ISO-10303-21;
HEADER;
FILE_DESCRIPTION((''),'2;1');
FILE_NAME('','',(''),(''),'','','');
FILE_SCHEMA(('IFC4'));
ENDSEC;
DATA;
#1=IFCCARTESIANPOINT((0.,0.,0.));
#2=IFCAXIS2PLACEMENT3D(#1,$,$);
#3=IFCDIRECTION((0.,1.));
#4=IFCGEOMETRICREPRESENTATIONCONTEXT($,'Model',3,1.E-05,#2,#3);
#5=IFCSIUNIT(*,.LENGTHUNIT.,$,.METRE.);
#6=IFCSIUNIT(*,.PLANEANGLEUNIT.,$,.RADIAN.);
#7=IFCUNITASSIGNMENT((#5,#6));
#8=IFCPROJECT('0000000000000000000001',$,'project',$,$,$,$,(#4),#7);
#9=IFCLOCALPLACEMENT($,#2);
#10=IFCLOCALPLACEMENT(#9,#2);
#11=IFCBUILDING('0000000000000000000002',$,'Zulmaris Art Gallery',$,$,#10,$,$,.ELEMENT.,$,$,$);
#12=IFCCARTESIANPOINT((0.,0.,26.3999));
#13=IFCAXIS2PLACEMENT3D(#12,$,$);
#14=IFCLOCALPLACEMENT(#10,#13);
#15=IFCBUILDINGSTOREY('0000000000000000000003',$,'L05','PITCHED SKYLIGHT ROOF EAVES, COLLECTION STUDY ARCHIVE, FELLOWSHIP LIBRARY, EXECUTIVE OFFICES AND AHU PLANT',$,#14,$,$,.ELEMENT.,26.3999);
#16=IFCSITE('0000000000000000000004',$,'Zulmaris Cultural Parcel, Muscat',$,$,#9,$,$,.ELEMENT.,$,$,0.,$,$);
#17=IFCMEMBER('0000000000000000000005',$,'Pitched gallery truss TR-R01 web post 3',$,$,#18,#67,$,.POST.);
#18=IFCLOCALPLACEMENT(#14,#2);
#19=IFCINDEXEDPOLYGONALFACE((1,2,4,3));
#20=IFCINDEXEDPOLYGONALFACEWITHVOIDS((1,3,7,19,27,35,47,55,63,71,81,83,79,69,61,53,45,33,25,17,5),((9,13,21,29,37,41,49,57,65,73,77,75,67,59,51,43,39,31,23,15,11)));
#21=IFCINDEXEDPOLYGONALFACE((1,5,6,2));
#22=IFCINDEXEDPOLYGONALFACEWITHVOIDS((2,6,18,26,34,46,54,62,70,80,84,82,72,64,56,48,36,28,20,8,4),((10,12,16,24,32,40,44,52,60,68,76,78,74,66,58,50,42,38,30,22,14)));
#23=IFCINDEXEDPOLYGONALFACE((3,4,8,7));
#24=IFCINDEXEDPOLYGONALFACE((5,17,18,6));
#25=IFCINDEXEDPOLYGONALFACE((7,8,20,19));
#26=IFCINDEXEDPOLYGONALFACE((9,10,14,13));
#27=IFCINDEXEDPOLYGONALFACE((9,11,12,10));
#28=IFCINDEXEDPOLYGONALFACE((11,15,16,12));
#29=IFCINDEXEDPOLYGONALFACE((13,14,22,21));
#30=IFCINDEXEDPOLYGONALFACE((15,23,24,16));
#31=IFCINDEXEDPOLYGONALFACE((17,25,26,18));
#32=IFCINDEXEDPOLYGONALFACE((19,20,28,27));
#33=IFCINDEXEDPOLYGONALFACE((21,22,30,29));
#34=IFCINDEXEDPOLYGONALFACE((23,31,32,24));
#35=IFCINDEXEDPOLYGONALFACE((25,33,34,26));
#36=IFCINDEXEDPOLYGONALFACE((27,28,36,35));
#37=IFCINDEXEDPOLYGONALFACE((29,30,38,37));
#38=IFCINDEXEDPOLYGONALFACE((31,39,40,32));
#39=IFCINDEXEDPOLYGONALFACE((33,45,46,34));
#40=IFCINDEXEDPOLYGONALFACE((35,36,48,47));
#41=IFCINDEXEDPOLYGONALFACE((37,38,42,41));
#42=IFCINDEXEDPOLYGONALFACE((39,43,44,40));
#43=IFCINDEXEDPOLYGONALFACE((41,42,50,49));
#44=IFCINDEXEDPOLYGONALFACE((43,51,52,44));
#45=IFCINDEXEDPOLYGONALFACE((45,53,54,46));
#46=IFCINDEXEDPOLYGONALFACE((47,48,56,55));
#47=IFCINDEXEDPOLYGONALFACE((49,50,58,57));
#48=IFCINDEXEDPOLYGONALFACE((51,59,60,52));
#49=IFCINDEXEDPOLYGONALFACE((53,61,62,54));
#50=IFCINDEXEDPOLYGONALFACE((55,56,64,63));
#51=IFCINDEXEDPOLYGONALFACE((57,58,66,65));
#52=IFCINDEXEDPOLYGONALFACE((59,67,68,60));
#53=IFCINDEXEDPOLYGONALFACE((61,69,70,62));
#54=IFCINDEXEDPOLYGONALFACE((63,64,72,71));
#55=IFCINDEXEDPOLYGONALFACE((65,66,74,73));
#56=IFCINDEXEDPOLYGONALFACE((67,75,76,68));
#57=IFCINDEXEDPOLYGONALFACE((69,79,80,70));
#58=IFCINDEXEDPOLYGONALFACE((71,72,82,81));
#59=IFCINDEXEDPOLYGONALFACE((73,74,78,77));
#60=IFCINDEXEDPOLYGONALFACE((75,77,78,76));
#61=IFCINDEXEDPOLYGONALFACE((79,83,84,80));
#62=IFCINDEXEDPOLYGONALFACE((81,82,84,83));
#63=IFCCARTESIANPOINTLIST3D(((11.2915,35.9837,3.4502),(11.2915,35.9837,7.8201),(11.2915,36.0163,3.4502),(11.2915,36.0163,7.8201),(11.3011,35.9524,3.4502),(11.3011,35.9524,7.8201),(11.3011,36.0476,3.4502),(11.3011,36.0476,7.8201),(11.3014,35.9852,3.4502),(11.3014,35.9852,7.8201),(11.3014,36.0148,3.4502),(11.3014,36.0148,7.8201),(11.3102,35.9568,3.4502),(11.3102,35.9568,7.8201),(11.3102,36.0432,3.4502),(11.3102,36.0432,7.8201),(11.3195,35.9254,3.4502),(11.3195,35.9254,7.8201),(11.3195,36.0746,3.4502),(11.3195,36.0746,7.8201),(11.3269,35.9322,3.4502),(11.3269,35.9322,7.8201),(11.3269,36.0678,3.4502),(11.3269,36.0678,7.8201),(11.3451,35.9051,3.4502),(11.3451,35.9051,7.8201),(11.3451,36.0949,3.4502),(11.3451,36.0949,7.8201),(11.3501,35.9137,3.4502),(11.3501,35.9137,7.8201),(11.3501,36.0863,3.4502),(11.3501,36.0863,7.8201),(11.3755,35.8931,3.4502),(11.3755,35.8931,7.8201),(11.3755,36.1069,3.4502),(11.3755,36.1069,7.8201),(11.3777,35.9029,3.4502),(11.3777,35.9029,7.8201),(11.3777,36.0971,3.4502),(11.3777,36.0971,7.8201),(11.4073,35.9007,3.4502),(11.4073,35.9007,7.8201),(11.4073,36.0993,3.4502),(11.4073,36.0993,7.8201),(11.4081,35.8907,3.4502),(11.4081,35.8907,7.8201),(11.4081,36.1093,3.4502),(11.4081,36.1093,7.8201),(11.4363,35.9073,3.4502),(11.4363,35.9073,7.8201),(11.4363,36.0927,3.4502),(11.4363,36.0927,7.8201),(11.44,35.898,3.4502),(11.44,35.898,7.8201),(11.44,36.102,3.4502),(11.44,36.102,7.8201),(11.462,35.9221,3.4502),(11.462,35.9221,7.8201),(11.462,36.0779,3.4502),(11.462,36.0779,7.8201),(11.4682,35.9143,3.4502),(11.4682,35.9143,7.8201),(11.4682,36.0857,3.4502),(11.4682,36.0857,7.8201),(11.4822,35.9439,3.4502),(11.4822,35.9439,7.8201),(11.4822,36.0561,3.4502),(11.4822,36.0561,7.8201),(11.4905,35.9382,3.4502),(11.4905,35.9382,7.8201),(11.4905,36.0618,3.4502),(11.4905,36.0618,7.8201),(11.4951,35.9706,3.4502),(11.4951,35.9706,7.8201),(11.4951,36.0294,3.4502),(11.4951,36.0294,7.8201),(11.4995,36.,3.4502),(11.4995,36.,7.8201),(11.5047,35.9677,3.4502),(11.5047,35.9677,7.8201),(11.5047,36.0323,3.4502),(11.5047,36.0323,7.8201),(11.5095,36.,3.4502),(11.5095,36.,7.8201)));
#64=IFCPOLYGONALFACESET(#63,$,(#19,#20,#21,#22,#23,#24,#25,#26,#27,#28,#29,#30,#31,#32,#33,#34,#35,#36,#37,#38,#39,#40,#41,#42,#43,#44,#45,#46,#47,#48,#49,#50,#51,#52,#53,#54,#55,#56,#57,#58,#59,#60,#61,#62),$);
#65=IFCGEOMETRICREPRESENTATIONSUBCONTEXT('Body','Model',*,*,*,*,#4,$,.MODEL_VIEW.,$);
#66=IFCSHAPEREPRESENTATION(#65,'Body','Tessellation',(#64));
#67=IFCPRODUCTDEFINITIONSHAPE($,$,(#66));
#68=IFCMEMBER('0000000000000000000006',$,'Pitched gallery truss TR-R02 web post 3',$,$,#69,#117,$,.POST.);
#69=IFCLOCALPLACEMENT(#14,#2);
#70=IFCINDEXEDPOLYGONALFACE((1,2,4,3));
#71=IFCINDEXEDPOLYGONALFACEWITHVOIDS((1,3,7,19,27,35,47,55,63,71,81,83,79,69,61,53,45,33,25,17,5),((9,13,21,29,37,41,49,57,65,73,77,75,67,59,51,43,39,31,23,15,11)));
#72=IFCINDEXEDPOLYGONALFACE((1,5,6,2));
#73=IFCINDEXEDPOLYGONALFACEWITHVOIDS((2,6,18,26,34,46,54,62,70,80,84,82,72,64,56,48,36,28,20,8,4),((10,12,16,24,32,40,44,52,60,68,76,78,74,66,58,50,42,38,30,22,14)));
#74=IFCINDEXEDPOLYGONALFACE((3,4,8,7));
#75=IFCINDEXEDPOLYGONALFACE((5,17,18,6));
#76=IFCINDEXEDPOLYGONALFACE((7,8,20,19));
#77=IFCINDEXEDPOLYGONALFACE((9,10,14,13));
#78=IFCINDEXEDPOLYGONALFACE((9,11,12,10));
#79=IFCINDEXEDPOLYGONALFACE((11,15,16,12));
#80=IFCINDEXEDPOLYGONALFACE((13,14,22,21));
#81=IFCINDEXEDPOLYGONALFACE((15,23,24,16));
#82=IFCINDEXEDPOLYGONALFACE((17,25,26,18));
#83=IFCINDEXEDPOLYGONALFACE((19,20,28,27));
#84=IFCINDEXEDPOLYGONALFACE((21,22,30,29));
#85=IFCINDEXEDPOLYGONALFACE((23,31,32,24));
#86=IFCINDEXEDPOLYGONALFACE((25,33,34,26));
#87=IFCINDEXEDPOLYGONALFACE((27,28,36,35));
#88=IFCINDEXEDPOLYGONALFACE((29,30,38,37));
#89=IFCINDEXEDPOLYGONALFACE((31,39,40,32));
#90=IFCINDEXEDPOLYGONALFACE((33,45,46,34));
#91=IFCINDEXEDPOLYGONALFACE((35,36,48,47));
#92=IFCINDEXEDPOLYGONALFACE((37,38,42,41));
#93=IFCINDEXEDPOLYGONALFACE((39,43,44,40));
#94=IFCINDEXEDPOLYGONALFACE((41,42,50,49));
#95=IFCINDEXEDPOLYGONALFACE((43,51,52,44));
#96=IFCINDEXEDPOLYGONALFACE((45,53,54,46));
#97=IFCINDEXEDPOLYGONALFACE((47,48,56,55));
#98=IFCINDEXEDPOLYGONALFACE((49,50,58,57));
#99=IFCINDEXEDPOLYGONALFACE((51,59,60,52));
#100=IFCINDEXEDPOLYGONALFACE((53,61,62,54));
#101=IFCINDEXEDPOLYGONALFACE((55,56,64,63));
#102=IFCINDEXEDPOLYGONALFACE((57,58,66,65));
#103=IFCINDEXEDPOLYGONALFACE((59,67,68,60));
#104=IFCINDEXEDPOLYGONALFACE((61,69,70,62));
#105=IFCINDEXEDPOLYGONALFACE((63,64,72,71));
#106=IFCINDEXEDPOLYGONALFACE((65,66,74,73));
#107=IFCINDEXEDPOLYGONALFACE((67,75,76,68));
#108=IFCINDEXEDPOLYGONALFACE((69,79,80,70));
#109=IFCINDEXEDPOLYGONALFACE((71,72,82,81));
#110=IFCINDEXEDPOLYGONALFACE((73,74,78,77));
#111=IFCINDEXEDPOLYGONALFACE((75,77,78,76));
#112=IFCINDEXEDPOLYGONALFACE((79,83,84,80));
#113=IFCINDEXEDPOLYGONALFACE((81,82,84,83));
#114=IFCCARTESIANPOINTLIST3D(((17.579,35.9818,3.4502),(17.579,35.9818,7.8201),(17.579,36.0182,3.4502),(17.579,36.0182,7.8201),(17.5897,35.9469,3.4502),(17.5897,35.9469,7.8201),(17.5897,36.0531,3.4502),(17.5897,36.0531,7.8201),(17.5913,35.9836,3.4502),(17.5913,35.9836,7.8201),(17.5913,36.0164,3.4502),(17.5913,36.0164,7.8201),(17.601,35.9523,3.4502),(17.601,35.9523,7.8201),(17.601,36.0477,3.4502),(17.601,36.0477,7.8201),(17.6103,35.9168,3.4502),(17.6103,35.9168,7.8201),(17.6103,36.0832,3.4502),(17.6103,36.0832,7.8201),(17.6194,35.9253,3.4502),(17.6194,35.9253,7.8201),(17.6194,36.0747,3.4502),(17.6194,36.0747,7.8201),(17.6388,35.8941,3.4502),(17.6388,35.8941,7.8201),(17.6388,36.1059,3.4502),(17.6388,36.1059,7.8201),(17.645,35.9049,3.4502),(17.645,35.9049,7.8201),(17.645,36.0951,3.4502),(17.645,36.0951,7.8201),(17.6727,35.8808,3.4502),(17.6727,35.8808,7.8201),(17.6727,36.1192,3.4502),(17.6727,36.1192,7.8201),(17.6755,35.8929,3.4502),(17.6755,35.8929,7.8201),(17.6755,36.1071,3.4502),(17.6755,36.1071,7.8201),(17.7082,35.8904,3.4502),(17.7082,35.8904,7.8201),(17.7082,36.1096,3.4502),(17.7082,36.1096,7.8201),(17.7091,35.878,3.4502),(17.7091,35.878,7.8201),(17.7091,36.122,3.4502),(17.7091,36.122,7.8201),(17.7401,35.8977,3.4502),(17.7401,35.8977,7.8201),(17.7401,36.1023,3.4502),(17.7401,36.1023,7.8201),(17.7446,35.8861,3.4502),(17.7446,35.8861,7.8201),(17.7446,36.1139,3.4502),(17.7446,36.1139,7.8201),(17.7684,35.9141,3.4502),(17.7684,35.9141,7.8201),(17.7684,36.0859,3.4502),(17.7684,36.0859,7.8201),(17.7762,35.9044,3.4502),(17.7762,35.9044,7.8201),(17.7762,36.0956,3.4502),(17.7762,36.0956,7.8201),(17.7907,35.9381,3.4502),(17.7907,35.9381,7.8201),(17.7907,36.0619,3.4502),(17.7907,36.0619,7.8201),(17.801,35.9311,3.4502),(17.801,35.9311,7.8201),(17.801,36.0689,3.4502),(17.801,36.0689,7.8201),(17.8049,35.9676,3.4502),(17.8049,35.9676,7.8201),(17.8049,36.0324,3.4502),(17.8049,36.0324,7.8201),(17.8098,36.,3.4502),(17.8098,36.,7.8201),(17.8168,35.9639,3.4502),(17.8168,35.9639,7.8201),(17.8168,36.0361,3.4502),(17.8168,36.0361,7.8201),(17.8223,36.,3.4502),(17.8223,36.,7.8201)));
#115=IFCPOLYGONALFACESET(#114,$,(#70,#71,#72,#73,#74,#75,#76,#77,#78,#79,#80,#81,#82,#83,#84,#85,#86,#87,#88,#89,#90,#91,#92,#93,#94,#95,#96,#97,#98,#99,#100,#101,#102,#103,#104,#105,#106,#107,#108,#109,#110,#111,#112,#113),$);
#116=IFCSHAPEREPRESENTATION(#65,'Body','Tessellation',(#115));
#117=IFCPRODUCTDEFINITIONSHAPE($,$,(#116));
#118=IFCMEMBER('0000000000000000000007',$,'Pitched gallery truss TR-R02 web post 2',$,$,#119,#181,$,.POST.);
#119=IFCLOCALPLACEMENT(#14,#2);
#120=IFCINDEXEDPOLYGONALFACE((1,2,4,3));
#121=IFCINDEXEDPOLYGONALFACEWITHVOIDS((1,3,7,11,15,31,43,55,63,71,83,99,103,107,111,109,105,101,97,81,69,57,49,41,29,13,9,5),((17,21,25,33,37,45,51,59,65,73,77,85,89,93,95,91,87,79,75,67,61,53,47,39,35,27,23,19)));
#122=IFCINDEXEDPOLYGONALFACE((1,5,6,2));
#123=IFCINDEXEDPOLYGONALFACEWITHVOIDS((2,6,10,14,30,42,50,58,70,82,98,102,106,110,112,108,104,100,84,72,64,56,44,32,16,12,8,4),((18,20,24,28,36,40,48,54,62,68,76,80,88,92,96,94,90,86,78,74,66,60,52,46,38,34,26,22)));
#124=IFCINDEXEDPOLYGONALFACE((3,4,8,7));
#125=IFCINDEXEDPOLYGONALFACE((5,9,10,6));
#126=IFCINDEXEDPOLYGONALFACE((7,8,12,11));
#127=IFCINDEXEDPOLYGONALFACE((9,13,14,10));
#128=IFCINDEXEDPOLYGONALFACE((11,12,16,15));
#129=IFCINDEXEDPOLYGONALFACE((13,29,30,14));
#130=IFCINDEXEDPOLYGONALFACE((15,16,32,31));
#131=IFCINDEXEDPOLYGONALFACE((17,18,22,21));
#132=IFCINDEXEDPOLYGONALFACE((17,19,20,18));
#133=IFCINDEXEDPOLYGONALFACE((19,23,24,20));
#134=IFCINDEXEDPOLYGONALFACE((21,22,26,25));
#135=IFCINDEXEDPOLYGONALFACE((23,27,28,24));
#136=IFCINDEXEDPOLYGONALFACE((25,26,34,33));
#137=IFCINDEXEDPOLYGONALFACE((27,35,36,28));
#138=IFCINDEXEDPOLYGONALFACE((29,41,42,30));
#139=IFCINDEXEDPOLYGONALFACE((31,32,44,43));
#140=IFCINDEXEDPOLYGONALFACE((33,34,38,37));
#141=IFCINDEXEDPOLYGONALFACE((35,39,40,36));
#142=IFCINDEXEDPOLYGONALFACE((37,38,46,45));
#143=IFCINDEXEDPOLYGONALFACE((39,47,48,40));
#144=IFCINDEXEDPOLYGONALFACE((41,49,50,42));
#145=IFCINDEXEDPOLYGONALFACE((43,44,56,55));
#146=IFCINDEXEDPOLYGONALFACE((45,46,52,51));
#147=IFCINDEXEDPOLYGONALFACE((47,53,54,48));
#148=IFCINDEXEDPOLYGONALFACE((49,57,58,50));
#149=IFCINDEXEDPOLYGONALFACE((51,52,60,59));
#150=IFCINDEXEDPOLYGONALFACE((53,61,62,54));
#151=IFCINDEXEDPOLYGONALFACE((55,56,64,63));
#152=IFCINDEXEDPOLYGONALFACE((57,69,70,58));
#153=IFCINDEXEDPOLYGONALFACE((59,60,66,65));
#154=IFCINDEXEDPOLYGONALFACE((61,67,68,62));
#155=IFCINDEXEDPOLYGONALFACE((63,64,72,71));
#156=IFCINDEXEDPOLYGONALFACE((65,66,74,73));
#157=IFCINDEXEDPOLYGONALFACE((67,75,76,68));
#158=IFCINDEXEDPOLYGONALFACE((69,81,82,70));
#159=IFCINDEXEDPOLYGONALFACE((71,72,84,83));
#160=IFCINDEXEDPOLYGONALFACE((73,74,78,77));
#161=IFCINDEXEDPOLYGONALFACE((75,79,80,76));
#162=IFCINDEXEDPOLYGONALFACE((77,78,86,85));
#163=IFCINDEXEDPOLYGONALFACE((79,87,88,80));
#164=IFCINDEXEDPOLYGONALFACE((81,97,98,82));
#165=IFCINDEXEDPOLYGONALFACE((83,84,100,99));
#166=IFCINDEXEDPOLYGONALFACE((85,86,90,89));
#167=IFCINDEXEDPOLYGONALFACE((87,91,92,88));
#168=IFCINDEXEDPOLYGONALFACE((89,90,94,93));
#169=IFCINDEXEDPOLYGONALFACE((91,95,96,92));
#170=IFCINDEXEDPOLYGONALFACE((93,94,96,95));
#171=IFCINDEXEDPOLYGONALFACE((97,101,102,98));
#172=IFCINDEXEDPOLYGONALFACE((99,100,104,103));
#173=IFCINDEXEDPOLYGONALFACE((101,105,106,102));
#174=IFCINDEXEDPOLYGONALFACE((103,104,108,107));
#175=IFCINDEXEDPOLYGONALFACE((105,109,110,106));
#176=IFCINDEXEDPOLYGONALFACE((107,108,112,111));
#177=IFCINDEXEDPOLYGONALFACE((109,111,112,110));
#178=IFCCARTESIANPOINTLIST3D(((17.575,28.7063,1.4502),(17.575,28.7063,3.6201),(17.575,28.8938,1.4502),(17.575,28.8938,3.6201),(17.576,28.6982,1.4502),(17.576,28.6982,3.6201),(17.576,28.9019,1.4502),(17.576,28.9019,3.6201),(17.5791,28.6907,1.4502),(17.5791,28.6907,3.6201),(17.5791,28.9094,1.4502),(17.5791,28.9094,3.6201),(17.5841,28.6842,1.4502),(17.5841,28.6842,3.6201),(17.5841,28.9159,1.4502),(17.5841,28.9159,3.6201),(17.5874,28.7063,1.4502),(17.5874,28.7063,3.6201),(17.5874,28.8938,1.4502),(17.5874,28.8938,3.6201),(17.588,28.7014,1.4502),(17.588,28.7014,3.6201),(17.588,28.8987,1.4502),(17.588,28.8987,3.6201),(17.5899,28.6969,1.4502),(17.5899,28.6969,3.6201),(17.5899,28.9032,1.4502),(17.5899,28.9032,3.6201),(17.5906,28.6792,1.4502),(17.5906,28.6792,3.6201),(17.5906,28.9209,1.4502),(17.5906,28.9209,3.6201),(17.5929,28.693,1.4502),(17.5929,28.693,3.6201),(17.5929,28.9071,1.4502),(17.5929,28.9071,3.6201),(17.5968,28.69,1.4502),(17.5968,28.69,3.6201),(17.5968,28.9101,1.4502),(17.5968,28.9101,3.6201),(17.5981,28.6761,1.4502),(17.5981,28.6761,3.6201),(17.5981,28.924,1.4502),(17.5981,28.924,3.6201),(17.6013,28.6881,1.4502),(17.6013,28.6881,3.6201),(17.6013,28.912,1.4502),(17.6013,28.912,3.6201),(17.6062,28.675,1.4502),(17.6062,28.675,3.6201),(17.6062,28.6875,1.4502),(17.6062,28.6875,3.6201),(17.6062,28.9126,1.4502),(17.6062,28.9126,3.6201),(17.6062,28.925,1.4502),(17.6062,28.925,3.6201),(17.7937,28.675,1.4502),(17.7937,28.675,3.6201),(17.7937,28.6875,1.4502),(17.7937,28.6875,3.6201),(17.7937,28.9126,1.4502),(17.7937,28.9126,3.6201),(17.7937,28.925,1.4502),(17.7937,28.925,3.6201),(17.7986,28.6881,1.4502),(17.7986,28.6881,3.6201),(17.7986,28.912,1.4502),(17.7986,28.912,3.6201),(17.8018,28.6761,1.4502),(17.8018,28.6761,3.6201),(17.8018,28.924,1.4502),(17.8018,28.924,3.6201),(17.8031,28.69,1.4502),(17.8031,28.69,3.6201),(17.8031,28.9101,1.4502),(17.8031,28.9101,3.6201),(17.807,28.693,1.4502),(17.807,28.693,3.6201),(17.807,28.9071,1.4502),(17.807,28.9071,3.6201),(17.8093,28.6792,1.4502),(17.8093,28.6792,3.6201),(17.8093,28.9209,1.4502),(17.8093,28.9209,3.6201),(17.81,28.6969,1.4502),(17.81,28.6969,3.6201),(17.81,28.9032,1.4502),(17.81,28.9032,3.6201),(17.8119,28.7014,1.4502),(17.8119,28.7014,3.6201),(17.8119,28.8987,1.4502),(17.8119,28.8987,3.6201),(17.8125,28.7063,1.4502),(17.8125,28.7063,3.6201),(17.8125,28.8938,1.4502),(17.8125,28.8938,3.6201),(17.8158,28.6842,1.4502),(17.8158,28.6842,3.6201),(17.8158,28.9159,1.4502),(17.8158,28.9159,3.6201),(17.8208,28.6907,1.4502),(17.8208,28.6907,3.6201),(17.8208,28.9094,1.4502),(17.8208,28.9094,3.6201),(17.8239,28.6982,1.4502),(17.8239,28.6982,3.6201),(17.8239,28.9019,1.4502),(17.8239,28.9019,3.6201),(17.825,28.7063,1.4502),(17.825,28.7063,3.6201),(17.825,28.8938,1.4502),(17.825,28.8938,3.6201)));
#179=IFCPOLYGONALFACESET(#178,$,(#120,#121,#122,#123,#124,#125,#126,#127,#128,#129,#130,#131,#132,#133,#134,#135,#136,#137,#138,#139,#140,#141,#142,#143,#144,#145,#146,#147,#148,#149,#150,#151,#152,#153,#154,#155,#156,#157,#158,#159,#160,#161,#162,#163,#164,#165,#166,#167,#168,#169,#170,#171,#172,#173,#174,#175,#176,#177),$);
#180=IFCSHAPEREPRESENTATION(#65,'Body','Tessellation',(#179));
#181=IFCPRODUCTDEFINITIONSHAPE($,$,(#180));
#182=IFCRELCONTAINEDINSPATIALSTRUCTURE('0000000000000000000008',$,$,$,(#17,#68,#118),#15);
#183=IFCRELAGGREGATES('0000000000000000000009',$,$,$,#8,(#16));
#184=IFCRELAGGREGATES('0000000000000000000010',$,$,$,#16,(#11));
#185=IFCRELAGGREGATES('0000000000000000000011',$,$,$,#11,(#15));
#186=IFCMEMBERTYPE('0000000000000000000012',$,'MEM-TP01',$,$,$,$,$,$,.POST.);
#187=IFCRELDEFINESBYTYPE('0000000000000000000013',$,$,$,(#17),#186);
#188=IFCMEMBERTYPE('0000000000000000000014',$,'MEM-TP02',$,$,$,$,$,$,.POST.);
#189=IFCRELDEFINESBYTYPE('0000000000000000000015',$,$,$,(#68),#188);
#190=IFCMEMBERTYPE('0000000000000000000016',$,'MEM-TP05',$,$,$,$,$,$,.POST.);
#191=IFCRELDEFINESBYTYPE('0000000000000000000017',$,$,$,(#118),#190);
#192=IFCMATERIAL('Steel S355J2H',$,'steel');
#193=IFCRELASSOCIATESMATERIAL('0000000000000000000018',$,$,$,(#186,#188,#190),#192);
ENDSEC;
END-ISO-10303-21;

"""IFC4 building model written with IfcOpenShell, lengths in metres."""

from ifc_helpers import new_model, si_unit, direction, frame, origin, origin_2d, place, context, subcontext, project, spatial, hollow_rectangle, hollow_circle, extrude, material, material_profile, profile_set, type_object, element, save


model = new_model("IFC4")

# Units and contexts
model_context = context("Model", 3, precision=1e-05, world=origin(), true_north=direction((0.0, 1.0)))
body_context = subcontext(model_context, "Body", "Model", "MODEL_VIEW")
ifc_project = project(units=[si_unit("LENGTHUNIT", "METRE"), si_unit("PLANEANGLEUNIT", "RADIAN")], contexts=[model_context])

# Site, building, storey
site_placement = place(None, origin())
site = spatial("IfcSite", under=ifc_project, at=site_placement, Name="Zulmaris Cultural Parcel, Muscat", CompositionType="ELEMENT", RefElevation=0.0)
building_placement = place(site_placement, origin())
building = spatial("IfcBuilding", under=site, at=building_placement, Name="Zulmaris Art Gallery", CompositionType="ELEMENT")
storey_placement = place(building_placement, frame((0.0, 0.0, 26.3999)))
storey = spatial("IfcBuildingStorey", under=building, at=storey_placement, Name="L05", Description="PITCHED SKYLIGHT ROOF EAVES, COLLECTION STUDY ARCHIVE, FELLOWSHIP LIBRARY, EXECUTIVE OFFICES AND AHU PLANT", CompositionType="ELEMENT", Elevation=26.3999)

# Members
ifc_material_1 = material(Name="Steel S355J2H", Category="steel")
ifc_material_profile_1 = material_profile(ifc_material_1, hollow_circle(Radius=0.1096, WallThickness=0.01, at=origin_2d()), Name="CHS 219.1x10")
ifc_profile_set_1 = profile_set([ifc_material_profile_1], Name="Steel S355J2H")
member_type_1 = type_object("IfcMemberType", Name="MEM-TP01", PredefinedType="POST", material=ifc_profile_set_1)
member_1_placement = place(storey_placement, frame((11.3999, 36.0, 3.4502), z_axis=(0.0, 0.0, 1.0), x_axis=(1.0, 0.0, 0.0)))
element("IfcMember", 1, at=member_1_placement, inside=storey, type_object=member_type_1, Name="Pitched gallery truss TR-R01 web post 3", PredefinedType="POST", context=body_context, shape_type="SweptSolid", body=[
    extrude(hollow_circle(Radius=0.1096, WallThickness=0.01, at=origin_2d()), origin(), (0.0, 0.0, 1.0), 4.3699),
])
ifc_material_profile_2 = material_profile(ifc_material_1, hollow_circle(Radius=0.1223, WallThickness=0.0125, at=origin_2d()), Name="CHS 244.5x12.5")
ifc_profile_set_2 = profile_set([ifc_material_profile_2], Name="Steel S355J2H")
member_type_2 = type_object("IfcMemberType", Name="MEM-TP02", PredefinedType="POST", material=ifc_profile_set_2)
member_2_placement = place(storey_placement, frame((17.7, 36.0, 3.4502), z_axis=(0.0, 0.0, 1.0), x_axis=(1.0, 0.0, 0.0)))
element("IfcMember", 2, at=member_2_placement, inside=storey, type_object=member_type_2, Name="Pitched gallery truss TR-R02 web post 3", PredefinedType="POST", context=body_context, shape_type="SweptSolid", body=[
    extrude(hollow_circle(Radius=0.1223, WallThickness=0.0125, at=origin_2d()), origin(), (0.0, 0.0, 1.0), 4.3699),
])
ifc_material_profile_3 = material_profile(ifc_material_1, hollow_rectangle(XDim=0.25, YDim=0.25, WallThickness=0.0125, InnerFilletRadius=0.0188, OuterFilletRadius=0.0312, at=origin_2d()), Name="SHS 250x250x12.5")
ifc_profile_set_3 = profile_set([ifc_material_profile_3], Name="Steel S355J2H")
member_type_3 = type_object("IfcMemberType", Name="MEM-TP05", PredefinedType="POST", material=ifc_profile_set_3)
for number, where, z_axis, x_axis, name in (
    (3, (17.7, 28.8, 1.4502), (0.0, 0.0, 1.0), (1.0, 0.0, 0.0), "Pitched gallery truss TR-R02 web post 2"),
):
    element("IfcMember", number, at=place(storey_placement, frame(where, z_axis=z_axis, x_axis=x_axis)), inside=storey, type_object=member_type_3, Name=name, PredefinedType="POST", context=body_context, shape_type="SweptSolid", body=[
        extrude(hollow_rectangle(XDim=0.25, YDim=0.25, WallThickness=0.0125, InnerFilletRadius=0.0188, OuterFilletRadius=0.0312, at=origin_2d()), origin(), (0.0, 0.0, 1.0), 2.1699),
    ])

save(model, "model.ifc")
